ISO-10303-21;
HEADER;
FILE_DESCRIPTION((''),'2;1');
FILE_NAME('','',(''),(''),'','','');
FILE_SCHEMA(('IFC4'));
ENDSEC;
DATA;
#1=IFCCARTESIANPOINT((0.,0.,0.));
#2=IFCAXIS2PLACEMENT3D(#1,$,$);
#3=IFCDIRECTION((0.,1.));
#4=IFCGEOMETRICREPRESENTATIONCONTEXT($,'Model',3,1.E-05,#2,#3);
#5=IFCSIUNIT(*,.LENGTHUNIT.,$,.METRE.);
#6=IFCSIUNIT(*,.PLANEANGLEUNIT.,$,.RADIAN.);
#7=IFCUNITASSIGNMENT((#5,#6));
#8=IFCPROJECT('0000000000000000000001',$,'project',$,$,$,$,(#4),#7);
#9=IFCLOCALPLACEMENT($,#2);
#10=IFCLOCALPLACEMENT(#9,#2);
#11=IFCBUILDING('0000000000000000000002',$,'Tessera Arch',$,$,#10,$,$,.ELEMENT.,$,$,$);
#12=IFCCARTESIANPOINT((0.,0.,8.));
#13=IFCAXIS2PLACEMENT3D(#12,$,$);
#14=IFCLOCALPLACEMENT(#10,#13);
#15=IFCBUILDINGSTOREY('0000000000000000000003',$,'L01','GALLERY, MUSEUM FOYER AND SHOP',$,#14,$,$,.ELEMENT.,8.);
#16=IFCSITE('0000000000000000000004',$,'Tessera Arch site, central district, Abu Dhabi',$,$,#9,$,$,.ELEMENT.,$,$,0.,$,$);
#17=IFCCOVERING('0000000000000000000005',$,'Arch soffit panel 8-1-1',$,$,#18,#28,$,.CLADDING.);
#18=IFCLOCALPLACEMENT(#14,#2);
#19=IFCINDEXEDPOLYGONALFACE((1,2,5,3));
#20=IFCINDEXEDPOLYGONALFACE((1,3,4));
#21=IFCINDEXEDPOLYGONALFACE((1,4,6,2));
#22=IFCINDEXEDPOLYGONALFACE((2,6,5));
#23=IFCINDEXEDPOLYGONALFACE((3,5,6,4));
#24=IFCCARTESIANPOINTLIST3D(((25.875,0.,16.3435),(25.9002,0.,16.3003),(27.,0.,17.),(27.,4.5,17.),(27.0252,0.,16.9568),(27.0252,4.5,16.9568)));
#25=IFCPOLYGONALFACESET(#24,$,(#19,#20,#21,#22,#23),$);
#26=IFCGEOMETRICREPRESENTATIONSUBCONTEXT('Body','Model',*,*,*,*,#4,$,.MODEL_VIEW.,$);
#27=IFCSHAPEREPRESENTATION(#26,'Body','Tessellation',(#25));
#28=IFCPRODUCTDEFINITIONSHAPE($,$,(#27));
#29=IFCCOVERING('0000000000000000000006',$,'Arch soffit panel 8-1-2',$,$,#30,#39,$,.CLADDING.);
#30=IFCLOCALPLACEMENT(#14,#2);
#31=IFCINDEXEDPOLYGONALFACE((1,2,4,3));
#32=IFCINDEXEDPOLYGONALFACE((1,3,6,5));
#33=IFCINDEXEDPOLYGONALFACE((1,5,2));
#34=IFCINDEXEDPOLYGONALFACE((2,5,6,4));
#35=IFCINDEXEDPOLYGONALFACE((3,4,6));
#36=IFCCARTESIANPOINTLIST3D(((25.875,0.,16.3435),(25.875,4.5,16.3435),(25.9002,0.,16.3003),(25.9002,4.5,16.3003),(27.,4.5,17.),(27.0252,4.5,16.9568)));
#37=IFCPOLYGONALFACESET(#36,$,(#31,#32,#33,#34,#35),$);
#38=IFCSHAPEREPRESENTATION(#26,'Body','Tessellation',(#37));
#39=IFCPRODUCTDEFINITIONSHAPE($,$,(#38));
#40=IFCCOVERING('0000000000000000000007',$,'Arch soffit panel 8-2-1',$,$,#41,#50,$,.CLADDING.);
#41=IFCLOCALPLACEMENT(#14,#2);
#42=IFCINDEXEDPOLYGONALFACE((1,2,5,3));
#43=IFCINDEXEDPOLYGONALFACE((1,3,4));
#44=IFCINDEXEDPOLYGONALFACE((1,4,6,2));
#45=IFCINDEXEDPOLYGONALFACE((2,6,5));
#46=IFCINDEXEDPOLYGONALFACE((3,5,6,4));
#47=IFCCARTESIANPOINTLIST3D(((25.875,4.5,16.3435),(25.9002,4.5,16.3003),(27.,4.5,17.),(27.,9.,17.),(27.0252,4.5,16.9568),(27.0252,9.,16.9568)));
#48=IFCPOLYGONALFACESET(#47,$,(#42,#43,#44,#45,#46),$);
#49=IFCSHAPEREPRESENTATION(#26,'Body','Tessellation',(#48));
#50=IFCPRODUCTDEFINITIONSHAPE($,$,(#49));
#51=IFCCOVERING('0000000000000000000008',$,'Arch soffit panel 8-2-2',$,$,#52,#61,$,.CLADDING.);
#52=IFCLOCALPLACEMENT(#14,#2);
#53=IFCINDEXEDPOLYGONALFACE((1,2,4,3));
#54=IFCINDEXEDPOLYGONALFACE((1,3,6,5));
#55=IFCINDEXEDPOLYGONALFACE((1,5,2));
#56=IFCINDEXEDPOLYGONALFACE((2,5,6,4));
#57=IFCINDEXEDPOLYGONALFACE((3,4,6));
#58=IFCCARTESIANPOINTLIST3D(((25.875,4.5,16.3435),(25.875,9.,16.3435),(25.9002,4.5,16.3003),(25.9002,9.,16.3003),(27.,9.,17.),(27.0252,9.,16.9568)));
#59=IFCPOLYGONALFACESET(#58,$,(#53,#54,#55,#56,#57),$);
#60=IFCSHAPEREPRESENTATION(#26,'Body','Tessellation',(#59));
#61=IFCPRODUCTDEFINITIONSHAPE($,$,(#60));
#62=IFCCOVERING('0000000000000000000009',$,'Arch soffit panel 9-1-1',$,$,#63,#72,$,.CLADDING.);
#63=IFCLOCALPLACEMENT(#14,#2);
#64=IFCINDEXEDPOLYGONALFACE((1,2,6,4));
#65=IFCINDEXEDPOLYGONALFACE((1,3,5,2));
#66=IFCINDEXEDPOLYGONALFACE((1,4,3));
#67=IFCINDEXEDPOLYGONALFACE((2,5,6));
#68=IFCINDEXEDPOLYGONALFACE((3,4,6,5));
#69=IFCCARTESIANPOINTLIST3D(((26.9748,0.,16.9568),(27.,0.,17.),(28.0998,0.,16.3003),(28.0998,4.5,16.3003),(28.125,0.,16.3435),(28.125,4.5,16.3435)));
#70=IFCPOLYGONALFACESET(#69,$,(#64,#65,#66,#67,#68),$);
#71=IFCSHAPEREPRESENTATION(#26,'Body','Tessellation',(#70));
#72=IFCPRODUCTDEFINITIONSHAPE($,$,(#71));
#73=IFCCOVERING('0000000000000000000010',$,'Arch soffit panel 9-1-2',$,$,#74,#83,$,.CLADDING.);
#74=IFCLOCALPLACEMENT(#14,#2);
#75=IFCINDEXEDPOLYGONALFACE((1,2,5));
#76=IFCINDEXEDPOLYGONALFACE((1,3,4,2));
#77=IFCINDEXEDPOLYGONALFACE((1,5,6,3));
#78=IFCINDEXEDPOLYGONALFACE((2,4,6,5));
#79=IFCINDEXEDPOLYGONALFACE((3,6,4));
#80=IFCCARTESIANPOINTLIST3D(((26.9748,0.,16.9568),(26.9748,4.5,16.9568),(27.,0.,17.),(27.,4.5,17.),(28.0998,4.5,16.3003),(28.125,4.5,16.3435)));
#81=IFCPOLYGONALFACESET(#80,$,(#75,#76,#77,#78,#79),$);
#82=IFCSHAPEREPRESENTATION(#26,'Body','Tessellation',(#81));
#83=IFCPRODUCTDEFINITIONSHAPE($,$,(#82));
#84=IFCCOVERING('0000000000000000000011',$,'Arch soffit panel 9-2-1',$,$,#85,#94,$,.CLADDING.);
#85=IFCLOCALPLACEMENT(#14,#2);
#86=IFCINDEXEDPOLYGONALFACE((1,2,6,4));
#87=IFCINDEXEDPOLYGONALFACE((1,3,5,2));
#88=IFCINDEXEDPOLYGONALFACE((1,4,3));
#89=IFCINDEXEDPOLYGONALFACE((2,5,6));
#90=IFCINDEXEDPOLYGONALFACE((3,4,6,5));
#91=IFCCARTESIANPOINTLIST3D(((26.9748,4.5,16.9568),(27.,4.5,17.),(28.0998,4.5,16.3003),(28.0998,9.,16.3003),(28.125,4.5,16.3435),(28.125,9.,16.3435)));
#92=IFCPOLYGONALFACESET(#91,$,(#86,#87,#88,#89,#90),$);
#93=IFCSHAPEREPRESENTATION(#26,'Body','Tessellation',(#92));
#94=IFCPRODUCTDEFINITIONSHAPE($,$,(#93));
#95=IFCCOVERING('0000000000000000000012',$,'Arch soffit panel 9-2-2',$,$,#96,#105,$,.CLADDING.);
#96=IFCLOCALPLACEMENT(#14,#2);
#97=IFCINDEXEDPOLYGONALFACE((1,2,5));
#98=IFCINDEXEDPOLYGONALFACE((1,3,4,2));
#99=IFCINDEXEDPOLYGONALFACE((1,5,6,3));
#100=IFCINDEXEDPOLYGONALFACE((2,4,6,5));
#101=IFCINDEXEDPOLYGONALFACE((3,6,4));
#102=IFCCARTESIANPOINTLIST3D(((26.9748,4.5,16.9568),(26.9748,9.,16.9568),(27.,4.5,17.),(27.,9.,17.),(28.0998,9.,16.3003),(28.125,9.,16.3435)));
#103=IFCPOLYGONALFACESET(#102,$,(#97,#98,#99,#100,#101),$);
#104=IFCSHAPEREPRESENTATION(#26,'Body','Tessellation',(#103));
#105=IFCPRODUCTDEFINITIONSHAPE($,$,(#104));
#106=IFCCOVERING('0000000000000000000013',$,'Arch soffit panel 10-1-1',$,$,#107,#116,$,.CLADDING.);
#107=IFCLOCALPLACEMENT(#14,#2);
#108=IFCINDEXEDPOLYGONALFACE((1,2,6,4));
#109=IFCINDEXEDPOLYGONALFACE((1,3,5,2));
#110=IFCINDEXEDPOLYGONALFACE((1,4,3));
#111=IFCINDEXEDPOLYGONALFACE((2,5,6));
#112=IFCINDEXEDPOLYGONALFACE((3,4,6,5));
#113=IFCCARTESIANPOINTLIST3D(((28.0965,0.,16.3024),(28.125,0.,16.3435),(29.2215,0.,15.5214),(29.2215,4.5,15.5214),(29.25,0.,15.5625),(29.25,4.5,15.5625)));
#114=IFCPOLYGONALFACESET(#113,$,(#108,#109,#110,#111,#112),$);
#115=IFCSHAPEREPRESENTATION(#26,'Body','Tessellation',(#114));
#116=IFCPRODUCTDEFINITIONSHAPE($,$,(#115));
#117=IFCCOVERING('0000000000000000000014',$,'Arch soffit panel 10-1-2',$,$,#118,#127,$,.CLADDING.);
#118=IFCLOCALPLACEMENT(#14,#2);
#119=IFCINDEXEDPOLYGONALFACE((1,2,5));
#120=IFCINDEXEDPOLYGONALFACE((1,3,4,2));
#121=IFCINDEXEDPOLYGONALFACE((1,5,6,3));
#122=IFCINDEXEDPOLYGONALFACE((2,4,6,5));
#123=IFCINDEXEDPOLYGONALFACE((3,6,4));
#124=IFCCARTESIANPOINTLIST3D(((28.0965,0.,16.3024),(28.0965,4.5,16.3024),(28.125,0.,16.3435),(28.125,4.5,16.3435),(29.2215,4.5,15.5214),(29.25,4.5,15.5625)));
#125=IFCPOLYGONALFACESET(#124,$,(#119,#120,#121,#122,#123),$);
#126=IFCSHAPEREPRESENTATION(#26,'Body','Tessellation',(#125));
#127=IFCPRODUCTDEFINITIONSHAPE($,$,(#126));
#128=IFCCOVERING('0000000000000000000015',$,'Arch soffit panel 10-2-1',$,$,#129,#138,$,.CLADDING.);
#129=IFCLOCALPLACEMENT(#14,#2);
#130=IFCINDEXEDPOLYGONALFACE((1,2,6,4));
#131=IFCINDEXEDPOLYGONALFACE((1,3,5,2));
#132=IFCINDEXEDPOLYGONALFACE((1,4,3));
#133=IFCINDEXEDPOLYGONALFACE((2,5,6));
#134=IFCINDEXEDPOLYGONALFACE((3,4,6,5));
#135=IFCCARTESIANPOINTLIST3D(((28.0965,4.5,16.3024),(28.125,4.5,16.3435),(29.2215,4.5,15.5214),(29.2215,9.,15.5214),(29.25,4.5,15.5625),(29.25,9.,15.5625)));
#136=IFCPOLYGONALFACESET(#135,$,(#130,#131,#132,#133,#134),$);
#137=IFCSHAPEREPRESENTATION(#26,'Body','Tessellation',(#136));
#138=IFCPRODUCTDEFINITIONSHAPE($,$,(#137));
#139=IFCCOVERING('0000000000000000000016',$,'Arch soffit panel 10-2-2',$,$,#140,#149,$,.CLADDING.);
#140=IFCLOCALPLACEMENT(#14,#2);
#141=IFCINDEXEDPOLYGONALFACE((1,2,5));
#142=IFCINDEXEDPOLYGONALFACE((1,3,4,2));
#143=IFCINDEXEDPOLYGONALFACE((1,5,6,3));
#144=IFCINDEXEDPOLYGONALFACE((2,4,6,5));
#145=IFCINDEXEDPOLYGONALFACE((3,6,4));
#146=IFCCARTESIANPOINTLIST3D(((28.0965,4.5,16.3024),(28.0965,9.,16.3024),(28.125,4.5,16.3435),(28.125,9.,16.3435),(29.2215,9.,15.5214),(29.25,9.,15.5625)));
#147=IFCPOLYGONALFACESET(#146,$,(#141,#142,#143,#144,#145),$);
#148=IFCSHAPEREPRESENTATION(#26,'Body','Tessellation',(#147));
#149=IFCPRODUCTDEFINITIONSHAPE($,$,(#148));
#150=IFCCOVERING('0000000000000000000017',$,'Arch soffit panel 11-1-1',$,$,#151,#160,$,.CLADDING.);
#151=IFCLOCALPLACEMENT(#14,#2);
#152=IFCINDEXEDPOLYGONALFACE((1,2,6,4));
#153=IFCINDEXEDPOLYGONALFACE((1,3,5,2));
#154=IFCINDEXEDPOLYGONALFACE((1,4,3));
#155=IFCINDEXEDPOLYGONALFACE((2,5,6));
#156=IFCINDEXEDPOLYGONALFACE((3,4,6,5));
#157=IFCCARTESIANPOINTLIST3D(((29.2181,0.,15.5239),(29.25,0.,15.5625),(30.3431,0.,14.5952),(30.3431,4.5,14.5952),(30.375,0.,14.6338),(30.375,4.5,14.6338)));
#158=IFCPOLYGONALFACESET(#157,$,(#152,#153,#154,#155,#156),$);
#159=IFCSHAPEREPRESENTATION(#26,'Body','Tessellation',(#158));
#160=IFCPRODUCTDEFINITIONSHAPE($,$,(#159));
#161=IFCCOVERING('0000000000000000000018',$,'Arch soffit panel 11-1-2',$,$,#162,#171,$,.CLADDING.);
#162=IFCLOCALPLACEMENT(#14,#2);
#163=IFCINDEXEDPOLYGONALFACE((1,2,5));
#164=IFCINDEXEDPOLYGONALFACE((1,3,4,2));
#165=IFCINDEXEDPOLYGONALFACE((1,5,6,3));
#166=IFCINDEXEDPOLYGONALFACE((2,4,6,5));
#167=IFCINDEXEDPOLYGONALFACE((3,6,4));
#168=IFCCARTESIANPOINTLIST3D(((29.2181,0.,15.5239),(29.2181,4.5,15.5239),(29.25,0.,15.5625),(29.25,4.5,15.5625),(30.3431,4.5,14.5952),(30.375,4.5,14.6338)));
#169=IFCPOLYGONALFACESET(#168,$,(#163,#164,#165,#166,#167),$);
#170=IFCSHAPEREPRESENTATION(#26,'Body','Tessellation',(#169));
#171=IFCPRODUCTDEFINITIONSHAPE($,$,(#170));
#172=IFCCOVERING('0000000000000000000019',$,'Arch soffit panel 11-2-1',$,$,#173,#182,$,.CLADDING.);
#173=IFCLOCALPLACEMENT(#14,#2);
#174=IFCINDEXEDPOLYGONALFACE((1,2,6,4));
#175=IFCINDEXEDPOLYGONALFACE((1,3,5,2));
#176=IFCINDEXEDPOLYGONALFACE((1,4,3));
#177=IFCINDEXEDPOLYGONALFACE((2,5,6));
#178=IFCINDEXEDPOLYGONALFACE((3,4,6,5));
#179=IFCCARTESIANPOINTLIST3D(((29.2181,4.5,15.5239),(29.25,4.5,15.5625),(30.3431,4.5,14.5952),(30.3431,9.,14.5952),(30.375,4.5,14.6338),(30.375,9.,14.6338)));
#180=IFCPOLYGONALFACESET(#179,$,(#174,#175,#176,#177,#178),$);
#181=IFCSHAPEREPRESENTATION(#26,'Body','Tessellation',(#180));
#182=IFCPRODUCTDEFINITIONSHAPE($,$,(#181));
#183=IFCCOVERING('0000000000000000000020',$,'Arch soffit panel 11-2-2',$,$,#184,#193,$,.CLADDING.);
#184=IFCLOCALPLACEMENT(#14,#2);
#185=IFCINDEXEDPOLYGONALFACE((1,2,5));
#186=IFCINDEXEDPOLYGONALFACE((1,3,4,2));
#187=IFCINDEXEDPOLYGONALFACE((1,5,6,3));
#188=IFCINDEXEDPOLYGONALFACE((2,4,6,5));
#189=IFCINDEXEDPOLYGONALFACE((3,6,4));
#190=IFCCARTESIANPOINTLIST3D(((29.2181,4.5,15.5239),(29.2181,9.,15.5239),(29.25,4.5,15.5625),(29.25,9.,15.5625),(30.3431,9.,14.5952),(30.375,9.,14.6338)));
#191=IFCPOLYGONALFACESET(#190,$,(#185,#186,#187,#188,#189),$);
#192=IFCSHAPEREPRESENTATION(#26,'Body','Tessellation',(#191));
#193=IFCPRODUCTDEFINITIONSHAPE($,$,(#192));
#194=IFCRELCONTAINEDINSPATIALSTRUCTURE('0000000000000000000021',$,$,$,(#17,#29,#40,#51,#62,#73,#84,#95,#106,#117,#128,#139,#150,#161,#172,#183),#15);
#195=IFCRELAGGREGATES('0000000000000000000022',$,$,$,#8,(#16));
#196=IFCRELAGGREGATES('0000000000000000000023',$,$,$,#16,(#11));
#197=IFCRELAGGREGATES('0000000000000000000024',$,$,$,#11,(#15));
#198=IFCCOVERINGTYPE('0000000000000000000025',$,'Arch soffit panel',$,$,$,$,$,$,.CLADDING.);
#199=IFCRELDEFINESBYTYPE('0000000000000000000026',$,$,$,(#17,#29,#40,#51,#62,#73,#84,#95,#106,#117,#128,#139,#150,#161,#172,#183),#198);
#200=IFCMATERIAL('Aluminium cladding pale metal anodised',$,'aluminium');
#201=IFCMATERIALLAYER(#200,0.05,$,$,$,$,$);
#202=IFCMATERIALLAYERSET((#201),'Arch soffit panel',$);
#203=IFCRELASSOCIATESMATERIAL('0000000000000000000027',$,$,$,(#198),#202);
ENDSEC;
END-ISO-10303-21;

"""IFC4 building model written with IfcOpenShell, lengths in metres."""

from ifc_helpers import new_model, si_unit, direction, frame, origin, place, context, subcontext, project, spatial, polyline, outline, extrude, material, layer, layer_set, type_object, element, save


model = new_model("IFC4")

# Units and contexts
model_context = context("Model", 3, precision=1e-05, world=origin(), true_north=direction((0.0, 1.0)))
body_context = subcontext(model_context, "Body", "Model", "MODEL_VIEW")
ifc_project = project(units=[si_unit("LENGTHUNIT", "METRE"), si_unit("PLANEANGLEUNIT", "RADIAN")], contexts=[model_context])

# Site, building, storey
site_placement = place(None, origin())
site = spatial("IfcSite", under=ifc_project, at=site_placement, Name="Tessera Arch site, central district, Abu Dhabi", CompositionType="ELEMENT", RefElevation=0.0)
building_placement = place(site_placement, origin())
building = spatial("IfcBuilding", under=site, at=building_placement, Name="Tessera Arch", CompositionType="ELEMENT")
storey_placement = place(building_placement, frame((0.0, 0.0, 8.0)))
storey = spatial("IfcBuildingStorey", under=building, at=storey_placement, Name="L01", Description="GALLERY, MUSEUM FOYER AND SHOP", CompositionType="ELEMENT", Elevation=8.0)

# Coverings
ifc_material = material(Name="Aluminium cladding pale metal anodised", Category="aluminium")
ifc_layer = layer(ifc_material, 0.05)
ifc_layer_set = layer_set([ifc_layer], Name="Arch soffit panel")
covering_type = type_object("IfcCoveringType", Name="Arch soffit panel", PredefinedType="CLADDING", material=ifc_layer_set)
covering_1_placement = place(storey_placement, frame((25.875, 0.0, 16.3435), z_axis=(-0.504011, 0.0, 0.863697), x_axis=(0.863697, 0.0, 0.504011)))
element("IfcCovering", 1, at=covering_1_placement, inside=storey, type_object=covering_type, Name="Arch soffit panel 8-1-1", PredefinedType="CLADDING", context=body_context, shape_type="SweptSolid", body=[
    extrude(outline(polyline([(0.0, 0.0), (1.3025, 0.0), (1.3025, 4.5), (0.0, 0.0)])), origin(), (0.0, 0.0, -1.0), 0.05),
])
covering_2_placement = place(storey_placement, frame((25.875, 0.0, 16.3435), z_axis=(-0.504011, 0.0, 0.863697), x_axis=(0.240142, 0.96057, 0.140135)))
element("IfcCovering", 2, at=covering_2_placement, inside=storey, type_object=covering_type, Name="Arch soffit panel 8-1-2", PredefinedType="CLADDING", context=body_context, shape_type="SweptSolid", body=[
    extrude(outline(polyline([(0.0, 0.0), (4.6847, 0.0), (4.3226, 1.2512), (0.0, 0.0)])), origin(), (0.0, 0.0, -1.0), 0.05),
])
covering_3_placement = place(storey_placement, frame((25.875, 4.5, 16.3435), z_axis=(-0.504011, 0.0, 0.863697), x_axis=(0.863697, 0.0, 0.504011)))
element("IfcCovering", 3, at=covering_3_placement, inside=storey, type_object=covering_type, Name="Arch soffit panel 8-2-1", PredefinedType="CLADDING", context=body_context, shape_type="SweptSolid", body=[
    extrude(outline(polyline([(0.0, 0.0), (1.3025, 0.0), (1.3025, 4.5), (0.0, 0.0)])), origin(), (0.0, 0.0, -1.0), 0.05),
])
covering_4_placement = place(storey_placement, frame((25.875, 4.5, 16.3435), z_axis=(-0.504011, 0.0, 0.863697), x_axis=(0.240142, 0.96057, 0.140135)))
element("IfcCovering", 4, at=covering_4_placement, inside=storey, type_object=covering_type, Name="Arch soffit panel 8-2-2", PredefinedType="CLADDING", context=body_context, shape_type="SweptSolid", body=[
    extrude(outline(polyline([(0.0, 0.0), (4.6847, 0.0), (4.3226, 1.2512), (0.0, 0.0)])), origin(), (0.0, 0.0, -1.0), 0.05),
])
covering_5_placement = place(storey_placement, frame((27.0, 0.0, 17.0), z_axis=(0.504011, 0.0, 0.863697), x_axis=(0.863697, 0.0, -0.504011)))
element("IfcCovering", 5, at=covering_5_placement, inside=storey, type_object=covering_type, Name="Arch soffit panel 9-1-1", PredefinedType="CLADDING", context=body_context, shape_type="SweptSolid", body=[
    extrude(outline(polyline([(0.0, 0.0), (1.3025, 0.0), (1.3025, 4.5), (0.0, 0.0)])), origin(), (0.0, 0.0, -1.0), 0.05),
])
covering_6_placement = place(storey_placement, frame((27.0, 0.0, 17.0), z_axis=(0.504011, 0.0, 0.863697), x_axis=(0.240142, 0.96057, -0.140135)))
element("IfcCovering", 6, at=covering_6_placement, inside=storey, type_object=covering_type, Name="Arch soffit panel 9-1-2", PredefinedType="CLADDING", context=body_context, shape_type="SweptSolid", body=[
    extrude(outline(polyline([(0.0, 0.0), (4.6847, 0.0), (4.3226, 1.2512), (0.0, 0.0)])), origin(), (0.0, 0.0, -1.0), 0.05),
])
covering_7_placement = place(storey_placement, frame((27.0, 4.5, 17.0), z_axis=(0.504011, 0.0, 0.863697), x_axis=(0.863697, 0.0, -0.504011)))
element("IfcCovering", 7, at=covering_7_placement, inside=storey, type_object=covering_type, Name="Arch soffit panel 9-2-1", PredefinedType="CLADDING", context=body_context, shape_type="SweptSolid", body=[
    extrude(outline(polyline([(0.0, 0.0), (1.3025, 0.0), (1.3025, 4.5), (0.0, 0.0)])), origin(), (0.0, 0.0, -1.0), 0.05),
])
covering_8_placement = place(storey_placement, frame((27.0, 4.5, 17.0), z_axis=(0.504011, 0.0, 0.863697), x_axis=(0.240142, 0.96057, -0.140135)))
element("IfcCovering", 8, at=covering_8_placement, inside=storey, type_object=covering_type, Name="Arch soffit panel 9-2-2", PredefinedType="CLADDING", context=body_context, shape_type="SweptSolid", body=[
    extrude(outline(polyline([(0.0, 0.0), (4.6847, 0.0), (4.3226, 1.2512), (0.0, 0.0)])), origin(), (0.0, 0.0, -1.0), 0.05),
])
covering_9_placement = place(storey_placement, frame((28.125, 0.0, 16.3435), z_axis=(0.570276, 0.0, 0.821453), x_axis=(0.821453, 0.0, -0.570276)))
element("IfcCovering", 9, at=covering_9_placement, inside=storey, type_object=covering_type, Name="Arch soffit panel 10-1-1", PredefinedType="CLADDING", context=body_context, shape_type="SweptSolid", body=[
    extrude(outline(polyline([(0.0, 0.0), (1.3695, 0.0), (1.3695, 4.5), (0.0, 0.0)])), origin(), (0.0, 0.0, -1.0), 0.05),
])
covering_10_placement = place(storey_placement, frame((28.125, 0.0, 16.3435), z_axis=(0.570276, 0.0, 0.821453), x_axis=(0.239169, 0.956676, -0.166038)))
element("IfcCovering", 10, at=covering_10_placement, inside=storey, type_object=covering_type, Name="Arch soffit panel 10-1-2", PredefinedType="CLADDING", context=body_context, shape_type="SweptSolid", body=[
    extrude(outline(polyline([(0.0, 0.0), (4.7038, 0.0), (4.305, 1.3102), (0.0, 0.0)])), origin(), (0.0, 0.0, -1.0), 0.05),
])
covering_11_placement = place(storey_placement, frame((28.125, 4.5, 16.3435), z_axis=(0.570276, 0.0, 0.821453), x_axis=(0.821453, 0.0, -0.570276)))
element("IfcCovering", 11, at=covering_11_placement, inside=storey, type_object=covering_type, Name="Arch soffit panel 10-2-1", PredefinedType="CLADDING", context=body_context, shape_type="SweptSolid", body=[
    extrude(outline(polyline([(0.0, 0.0), (1.3695, 0.0), (1.3695, 4.5), (0.0, 0.0)])), origin(), (0.0, 0.0, -1.0), 0.05),
])
covering_12_placement = place(storey_placement, frame((28.125, 4.5, 16.3435), z_axis=(0.570276, 0.0, 0.821453), x_axis=(0.239169, 0.956676, -0.166038)))
element("IfcCovering", 12, at=covering_12_placement, inside=storey, type_object=covering_type, Name="Arch soffit panel 10-2-2", PredefinedType="CLADDING", context=body_context, shape_type="SweptSolid", body=[
    extrude(outline(polyline([(0.0, 0.0), (4.7038, 0.0), (4.305, 1.3102), (0.0, 0.0)])), origin(), (0.0, 0.0, -1.0), 0.05),
])
covering_13_placement = place(storey_placement, frame((29.25, 0.0, 15.5625), z_axis=(0.636622, 0.0, 0.771176), x_axis=(0.771176, 0.0, -0.636622)))
element("IfcCovering", 13, at=covering_13_placement, inside=storey, type_object=covering_type, Name="Arch soffit panel 11-1-1", PredefinedType="CLADDING", context=body_context, shape_type="SweptSolid", body=[
    extrude(outline(polyline([(0.0, 0.0), (1.4588, 0.0), (1.4588, 4.5), (0.0, 0.0)])), origin(), (0.0, 0.0, -1.0), 0.05),
])
covering_14_placement = place(storey_placement, frame((29.25, 0.0, 15.5625), z_axis=(0.636622, 0.0, 0.771176), x_axis=(0.237816, 0.951263, -0.196322)))
element("IfcCovering", 14, at=covering_14_placement, inside=storey, type_object=covering_type, Name="Arch soffit panel 11-1-2", PredefinedType="CLADDING", context=body_context, shape_type="SweptSolid", body=[
    extrude(outline(polyline([(0.0, 0.0), (4.7306, 0.0), (4.2807, 1.3877), (0.0, 0.0)])), origin(), (0.0, 0.0, -1.0), 0.05),
])
covering_15_placement = place(storey_placement, frame((29.25, 4.5, 15.5625), z_axis=(0.636622, 0.0, 0.771176), x_axis=(0.771176, 0.0, -0.636622)))
element("IfcCovering", 15, at=covering_15_placement, inside=storey, type_object=covering_type, Name="Arch soffit panel 11-2-1", PredefinedType="CLADDING", context=body_context, shape_type="SweptSolid", body=[
    extrude(outline(polyline([(0.0, 0.0), (1.4588, 0.0), (1.4588, 4.5), (0.0, 0.0)])), origin(), (0.0, 0.0, -1.0), 0.05),
])
covering_16_placement = place(storey_placement, frame((29.25, 4.5, 15.5625), z_axis=(0.636622, 0.0, 0.771176), x_axis=(0.237816, 0.951263, -0.196322)))
element("IfcCovering", 16, at=covering_16_placement, inside=storey, type_object=covering_type, Name="Arch soffit panel 11-2-2", PredefinedType="CLADDING", context=body_context, shape_type="SweptSolid", body=[
    extrude(outline(polyline([(0.0, 0.0), (4.7306, 0.0), (4.2807, 1.3877), (0.0, 0.0)])), origin(), (0.0, 0.0, -1.0), 0.05),
])

save(model, "model.ifc")
